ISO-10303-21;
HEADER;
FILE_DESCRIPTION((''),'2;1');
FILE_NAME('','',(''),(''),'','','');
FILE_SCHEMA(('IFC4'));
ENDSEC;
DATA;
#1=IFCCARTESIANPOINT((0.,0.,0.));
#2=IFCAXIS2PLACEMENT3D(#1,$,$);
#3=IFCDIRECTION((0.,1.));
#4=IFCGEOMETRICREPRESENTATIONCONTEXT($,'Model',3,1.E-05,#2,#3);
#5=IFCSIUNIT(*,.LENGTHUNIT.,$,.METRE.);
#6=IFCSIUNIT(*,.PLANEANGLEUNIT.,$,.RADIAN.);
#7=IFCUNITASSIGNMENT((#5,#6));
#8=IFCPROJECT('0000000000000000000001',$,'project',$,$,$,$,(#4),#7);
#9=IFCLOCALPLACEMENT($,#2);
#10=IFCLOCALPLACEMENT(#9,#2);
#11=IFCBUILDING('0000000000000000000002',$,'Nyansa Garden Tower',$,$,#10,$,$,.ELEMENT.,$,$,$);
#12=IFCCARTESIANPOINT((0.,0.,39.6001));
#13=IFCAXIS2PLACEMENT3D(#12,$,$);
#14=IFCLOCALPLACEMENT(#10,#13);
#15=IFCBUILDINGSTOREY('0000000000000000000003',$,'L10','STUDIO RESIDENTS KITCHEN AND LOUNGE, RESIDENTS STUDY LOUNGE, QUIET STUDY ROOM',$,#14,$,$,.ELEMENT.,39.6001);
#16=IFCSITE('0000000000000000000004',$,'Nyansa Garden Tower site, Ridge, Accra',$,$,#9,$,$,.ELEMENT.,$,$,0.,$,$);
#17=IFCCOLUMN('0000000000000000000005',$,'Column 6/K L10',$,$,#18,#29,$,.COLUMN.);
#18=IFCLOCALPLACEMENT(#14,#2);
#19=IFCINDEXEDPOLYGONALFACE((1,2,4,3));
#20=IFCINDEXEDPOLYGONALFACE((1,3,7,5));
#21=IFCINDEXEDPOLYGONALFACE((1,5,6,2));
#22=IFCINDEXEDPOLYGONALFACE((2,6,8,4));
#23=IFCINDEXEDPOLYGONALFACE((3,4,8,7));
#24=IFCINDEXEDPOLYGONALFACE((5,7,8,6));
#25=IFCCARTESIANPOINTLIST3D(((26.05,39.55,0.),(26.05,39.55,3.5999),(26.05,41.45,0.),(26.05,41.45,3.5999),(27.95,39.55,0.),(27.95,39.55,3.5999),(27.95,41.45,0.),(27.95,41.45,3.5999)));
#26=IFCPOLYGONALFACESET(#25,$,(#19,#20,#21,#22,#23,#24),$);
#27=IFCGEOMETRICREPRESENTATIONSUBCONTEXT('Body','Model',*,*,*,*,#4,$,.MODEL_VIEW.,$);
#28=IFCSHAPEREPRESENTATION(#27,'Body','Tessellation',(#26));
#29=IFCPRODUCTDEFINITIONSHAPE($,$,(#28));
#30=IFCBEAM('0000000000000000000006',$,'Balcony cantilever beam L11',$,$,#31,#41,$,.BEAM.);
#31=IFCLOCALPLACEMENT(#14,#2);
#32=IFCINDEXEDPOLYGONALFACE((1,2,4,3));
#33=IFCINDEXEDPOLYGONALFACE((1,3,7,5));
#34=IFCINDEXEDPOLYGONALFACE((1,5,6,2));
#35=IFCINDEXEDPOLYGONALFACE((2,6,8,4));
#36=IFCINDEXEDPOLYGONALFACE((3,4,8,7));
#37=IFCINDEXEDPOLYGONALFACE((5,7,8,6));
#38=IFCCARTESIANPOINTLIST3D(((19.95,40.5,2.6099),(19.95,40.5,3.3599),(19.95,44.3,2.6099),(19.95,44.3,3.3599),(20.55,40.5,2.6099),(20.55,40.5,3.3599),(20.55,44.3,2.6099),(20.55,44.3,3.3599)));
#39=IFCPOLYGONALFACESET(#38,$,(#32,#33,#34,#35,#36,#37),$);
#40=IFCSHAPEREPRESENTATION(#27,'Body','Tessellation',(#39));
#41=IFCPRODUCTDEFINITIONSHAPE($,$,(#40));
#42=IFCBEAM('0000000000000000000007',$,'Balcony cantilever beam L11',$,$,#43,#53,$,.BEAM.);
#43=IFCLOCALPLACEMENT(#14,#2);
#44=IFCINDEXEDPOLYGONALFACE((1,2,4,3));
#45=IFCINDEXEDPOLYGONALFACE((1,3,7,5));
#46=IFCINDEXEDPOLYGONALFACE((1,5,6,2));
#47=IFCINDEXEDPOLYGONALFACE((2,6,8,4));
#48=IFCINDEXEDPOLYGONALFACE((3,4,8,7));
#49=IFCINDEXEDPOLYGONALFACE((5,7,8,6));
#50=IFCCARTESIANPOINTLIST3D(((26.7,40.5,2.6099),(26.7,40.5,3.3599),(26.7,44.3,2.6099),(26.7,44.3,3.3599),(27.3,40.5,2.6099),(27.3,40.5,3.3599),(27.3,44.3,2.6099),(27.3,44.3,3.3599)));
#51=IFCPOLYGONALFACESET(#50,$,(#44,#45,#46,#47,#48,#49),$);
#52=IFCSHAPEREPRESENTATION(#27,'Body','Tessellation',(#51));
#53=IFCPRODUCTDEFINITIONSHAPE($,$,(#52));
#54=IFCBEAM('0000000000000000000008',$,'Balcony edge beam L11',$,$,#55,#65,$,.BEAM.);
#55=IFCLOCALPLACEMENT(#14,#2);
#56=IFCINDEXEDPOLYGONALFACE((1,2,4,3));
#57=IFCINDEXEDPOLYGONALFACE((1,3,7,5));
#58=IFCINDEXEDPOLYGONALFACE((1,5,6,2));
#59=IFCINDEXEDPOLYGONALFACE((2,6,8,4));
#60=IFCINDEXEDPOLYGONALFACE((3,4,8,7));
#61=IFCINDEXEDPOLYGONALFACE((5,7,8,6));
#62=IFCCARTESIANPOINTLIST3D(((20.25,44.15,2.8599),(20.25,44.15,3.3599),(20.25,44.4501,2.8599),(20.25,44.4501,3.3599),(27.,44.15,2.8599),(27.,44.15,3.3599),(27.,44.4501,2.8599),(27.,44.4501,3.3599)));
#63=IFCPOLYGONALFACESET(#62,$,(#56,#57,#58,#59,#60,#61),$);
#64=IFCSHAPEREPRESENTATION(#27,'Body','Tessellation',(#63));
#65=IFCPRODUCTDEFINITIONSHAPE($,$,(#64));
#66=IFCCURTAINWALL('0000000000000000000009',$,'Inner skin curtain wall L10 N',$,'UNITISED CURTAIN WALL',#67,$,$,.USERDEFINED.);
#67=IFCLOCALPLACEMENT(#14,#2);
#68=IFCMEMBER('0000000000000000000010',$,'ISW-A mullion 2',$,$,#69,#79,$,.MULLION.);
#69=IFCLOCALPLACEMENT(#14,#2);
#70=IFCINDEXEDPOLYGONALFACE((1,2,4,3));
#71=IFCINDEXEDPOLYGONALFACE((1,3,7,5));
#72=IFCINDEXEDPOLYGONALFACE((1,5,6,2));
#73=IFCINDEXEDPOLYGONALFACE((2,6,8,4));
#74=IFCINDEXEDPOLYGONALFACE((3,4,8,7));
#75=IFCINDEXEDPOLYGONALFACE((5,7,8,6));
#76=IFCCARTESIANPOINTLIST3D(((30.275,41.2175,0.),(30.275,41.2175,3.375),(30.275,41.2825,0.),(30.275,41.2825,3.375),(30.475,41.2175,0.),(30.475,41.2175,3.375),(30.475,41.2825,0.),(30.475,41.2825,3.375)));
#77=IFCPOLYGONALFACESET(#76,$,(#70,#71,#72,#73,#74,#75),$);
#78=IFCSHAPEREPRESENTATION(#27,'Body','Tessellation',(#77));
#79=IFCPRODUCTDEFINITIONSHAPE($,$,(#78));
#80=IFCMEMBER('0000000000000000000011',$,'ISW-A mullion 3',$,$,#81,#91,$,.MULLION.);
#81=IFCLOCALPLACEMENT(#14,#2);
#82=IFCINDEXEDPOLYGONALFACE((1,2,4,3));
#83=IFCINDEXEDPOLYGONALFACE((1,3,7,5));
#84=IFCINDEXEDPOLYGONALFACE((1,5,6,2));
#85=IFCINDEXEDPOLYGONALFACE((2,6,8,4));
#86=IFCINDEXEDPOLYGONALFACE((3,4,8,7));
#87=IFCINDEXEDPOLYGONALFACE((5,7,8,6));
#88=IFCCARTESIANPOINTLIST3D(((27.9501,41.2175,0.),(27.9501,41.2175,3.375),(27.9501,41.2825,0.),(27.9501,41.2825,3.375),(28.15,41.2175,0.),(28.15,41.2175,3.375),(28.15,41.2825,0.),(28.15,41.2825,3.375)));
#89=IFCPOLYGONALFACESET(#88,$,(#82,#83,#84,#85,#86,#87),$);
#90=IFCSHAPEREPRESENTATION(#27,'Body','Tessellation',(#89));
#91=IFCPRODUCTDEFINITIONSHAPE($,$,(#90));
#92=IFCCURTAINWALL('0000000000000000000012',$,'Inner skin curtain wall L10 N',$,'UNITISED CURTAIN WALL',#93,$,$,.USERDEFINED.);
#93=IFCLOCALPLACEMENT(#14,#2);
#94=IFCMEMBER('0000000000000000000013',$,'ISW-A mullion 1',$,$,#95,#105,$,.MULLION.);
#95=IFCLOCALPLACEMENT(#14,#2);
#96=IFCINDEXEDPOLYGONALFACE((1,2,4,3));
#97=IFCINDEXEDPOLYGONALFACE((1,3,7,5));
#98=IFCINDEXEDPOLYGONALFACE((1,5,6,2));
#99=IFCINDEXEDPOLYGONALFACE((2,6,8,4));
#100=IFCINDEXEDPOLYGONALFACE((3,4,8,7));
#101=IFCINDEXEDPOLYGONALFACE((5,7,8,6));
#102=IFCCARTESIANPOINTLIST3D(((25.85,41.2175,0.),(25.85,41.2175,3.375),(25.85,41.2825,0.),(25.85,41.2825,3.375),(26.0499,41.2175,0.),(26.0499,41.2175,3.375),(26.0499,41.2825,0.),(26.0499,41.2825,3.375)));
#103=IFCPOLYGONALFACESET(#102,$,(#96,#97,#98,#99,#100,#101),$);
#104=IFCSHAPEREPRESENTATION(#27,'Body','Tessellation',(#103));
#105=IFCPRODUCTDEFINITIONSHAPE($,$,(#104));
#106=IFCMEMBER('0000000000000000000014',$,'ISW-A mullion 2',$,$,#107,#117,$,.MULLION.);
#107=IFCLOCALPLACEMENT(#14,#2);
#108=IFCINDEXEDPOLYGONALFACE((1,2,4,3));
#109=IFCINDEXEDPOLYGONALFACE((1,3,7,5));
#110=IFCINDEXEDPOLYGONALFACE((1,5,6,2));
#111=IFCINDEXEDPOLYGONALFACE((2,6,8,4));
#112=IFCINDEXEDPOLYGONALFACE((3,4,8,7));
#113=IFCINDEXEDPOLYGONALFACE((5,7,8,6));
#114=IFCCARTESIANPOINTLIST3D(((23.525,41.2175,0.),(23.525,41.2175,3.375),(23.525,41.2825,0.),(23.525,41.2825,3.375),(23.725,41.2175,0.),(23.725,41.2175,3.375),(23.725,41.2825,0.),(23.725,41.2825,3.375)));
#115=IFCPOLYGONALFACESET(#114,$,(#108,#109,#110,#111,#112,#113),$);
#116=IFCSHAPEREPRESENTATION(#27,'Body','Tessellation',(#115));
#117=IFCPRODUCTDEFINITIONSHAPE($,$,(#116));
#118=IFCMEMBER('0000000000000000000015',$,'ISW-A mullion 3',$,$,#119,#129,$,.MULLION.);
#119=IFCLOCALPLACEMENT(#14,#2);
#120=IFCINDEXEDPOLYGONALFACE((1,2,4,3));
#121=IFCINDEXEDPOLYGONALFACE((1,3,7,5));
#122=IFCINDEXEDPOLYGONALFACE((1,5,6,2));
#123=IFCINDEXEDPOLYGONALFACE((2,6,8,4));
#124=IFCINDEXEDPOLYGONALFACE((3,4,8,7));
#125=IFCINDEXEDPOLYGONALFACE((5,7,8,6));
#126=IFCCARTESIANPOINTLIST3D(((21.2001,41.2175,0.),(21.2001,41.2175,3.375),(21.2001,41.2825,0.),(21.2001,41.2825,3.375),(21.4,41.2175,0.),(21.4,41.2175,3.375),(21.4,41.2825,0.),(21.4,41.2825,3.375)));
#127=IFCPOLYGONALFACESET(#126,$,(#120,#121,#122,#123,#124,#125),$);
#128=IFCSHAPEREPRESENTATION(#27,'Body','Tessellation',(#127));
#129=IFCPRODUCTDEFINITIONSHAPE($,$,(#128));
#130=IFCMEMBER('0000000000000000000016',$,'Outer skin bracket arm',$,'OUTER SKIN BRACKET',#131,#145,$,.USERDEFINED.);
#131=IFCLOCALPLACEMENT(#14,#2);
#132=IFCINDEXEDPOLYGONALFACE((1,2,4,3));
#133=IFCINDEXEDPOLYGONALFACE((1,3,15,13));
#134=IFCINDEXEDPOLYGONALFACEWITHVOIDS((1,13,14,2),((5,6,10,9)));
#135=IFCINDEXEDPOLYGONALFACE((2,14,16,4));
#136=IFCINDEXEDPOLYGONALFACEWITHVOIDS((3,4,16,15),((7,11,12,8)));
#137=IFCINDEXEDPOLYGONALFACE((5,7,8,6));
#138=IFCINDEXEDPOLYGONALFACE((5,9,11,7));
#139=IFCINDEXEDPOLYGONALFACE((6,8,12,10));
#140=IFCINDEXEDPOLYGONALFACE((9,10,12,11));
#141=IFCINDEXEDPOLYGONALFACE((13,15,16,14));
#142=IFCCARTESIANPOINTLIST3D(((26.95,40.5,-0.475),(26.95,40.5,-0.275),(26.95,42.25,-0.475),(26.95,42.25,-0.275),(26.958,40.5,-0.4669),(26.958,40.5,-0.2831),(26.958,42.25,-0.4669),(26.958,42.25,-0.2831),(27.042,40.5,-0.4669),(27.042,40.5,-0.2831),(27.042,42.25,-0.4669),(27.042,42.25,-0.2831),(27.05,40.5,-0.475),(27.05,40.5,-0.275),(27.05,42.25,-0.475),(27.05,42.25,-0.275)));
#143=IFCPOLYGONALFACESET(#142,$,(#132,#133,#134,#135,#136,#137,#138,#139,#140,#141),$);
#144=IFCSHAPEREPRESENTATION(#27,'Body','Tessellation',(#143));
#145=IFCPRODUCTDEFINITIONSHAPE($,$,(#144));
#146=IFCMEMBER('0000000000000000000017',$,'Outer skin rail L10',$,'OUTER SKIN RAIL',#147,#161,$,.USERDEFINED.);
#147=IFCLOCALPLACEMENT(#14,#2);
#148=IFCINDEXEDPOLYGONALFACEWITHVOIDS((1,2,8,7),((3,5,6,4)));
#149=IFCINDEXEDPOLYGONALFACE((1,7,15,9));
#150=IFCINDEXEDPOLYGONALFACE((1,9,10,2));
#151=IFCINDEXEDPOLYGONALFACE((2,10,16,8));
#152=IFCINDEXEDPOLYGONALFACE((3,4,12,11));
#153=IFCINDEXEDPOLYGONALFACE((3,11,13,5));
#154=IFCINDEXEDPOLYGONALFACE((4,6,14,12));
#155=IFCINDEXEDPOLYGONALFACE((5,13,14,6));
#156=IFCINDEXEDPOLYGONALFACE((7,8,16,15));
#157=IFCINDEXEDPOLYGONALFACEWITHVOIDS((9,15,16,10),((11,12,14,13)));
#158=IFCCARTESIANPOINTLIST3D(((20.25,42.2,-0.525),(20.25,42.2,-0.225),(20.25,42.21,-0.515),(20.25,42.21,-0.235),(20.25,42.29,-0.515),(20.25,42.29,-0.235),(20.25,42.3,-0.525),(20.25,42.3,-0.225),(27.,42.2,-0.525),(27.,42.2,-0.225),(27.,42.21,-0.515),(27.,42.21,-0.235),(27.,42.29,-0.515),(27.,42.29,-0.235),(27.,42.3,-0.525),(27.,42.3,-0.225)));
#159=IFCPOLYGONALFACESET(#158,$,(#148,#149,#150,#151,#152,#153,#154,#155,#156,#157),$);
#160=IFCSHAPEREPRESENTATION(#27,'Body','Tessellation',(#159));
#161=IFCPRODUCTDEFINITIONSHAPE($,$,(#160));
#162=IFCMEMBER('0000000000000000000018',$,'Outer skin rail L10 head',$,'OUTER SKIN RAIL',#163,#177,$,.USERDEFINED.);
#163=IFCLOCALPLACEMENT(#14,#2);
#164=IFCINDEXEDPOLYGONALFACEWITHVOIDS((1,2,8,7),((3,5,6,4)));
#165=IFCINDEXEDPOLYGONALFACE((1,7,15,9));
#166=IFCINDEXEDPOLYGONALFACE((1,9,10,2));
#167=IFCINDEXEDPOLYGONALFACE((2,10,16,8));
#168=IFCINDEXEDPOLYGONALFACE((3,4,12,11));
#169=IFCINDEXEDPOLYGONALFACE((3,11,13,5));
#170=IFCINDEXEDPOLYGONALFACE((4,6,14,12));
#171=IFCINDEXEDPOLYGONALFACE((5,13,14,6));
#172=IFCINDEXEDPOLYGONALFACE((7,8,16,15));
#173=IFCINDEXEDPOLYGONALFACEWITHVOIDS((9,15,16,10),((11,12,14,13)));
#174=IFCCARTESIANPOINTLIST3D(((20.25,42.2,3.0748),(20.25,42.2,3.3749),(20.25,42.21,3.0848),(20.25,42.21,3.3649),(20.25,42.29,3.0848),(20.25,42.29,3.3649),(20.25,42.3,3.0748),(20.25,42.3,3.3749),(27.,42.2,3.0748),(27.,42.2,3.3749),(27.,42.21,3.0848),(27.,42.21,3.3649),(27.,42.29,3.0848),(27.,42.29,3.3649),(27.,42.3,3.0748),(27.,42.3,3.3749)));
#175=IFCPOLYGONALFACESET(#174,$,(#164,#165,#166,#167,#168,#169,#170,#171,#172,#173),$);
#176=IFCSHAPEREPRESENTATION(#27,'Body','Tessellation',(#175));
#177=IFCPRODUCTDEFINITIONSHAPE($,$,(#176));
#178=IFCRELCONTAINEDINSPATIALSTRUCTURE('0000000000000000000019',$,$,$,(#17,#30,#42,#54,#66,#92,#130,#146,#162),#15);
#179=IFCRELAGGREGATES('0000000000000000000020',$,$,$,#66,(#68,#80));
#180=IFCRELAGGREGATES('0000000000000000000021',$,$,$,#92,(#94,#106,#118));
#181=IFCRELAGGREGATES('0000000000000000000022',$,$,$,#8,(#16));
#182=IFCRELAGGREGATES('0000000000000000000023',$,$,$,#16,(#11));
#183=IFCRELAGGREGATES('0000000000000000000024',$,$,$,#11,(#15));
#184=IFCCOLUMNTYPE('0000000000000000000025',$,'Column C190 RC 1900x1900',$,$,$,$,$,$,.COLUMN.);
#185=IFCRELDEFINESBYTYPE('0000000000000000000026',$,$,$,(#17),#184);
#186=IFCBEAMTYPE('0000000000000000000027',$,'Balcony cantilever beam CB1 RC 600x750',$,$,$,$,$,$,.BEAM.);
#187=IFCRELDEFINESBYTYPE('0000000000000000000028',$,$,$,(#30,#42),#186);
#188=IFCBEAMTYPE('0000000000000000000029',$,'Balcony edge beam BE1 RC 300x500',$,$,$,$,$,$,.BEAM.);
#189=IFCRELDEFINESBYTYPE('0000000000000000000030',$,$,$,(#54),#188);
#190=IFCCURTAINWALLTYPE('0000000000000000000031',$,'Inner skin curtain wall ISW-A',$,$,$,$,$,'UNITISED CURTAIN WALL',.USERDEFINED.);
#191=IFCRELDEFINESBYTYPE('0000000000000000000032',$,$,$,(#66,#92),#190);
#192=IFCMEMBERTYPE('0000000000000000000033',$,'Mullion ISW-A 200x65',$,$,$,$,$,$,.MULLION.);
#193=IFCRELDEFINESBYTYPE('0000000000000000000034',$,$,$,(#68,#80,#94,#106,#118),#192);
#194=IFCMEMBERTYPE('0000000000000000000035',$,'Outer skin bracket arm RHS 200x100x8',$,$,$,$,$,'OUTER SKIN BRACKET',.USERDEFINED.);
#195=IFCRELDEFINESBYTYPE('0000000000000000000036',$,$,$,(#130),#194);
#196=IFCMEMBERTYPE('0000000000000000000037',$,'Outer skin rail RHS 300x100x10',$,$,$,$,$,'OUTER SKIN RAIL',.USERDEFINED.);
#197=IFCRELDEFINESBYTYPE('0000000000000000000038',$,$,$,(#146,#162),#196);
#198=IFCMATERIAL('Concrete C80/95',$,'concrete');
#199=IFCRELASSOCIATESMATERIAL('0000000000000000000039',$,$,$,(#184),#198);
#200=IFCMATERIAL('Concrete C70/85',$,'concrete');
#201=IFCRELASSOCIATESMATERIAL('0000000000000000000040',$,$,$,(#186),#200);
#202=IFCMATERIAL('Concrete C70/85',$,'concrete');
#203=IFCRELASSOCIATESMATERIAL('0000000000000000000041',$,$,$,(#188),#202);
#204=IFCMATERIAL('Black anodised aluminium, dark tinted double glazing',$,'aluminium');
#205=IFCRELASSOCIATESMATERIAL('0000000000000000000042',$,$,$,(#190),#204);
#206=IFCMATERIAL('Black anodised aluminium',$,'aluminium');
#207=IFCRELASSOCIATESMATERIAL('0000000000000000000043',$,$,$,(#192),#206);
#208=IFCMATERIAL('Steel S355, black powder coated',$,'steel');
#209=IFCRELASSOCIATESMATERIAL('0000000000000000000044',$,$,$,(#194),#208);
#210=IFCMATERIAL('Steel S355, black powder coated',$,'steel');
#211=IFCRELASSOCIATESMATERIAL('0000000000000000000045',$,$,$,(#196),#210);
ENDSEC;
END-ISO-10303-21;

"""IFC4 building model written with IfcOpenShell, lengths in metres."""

from ifc_helpers import new_model, si_unit, direction, frame, origin, origin_2d, place, context, subcontext, project, spatial, rectangle, hollow_rectangle, extrude, material, material_profile, profile_set, type_object, element, aggregate, save


model = new_model("IFC4")

# Units and contexts
model_context = context("Model", 3, precision=1e-05, world=origin(), true_north=direction((0.0, 1.0)))
body_context = subcontext(model_context, "Body", "Model", "MODEL_VIEW")
ifc_project = project(units=[si_unit("LENGTHUNIT", "METRE"), si_unit("PLANEANGLEUNIT", "RADIAN")], contexts=[model_context])

# Site, building, storey
site_placement = place(None, origin())
site = spatial("IfcSite", under=ifc_project, at=site_placement, Name="Nyansa Garden Tower site, Ridge, Accra", CompositionType="ELEMENT", RefElevation=0.0)
building_placement = place(site_placement, origin())
building = spatial("IfcBuilding", under=site, at=building_placement, Name="Nyansa Garden Tower", CompositionType="ELEMENT")
storey_placement = place(building_placement, frame((0.0, 0.0, 39.6001)))
storey = spatial("IfcBuildingStorey", under=building, at=storey_placement, Name="L10", Description="STUDIO RESIDENTS KITCHEN AND LOUNGE, RESIDENTS STUDY LOUNGE, QUIET STUDY ROOM", CompositionType="ELEMENT", Elevation=39.6001)

# Column
ifc_material_1 = material(Name="Concrete C80/95", Category="concrete")
ifc_material_profile_1 = material_profile(ifc_material_1, rectangle(XDim=1.8999, YDim=1.8999, at=origin_2d()), Name="RC 1900x1900")
ifc_profile_set_1 = profile_set([ifc_material_profile_1], Name="Concrete C80/95")
column_type = type_object("IfcColumnType", Name="Column C190 RC 1900x1900", PredefinedType="COLUMN", material=ifc_profile_set_1)
column_placement = place(storey_placement, frame((27.0, 40.5, 0.0), z_axis=(0.0, 0.0, 1.0), x_axis=(1.0, 0.0, 0.0)))
element("IfcColumn", 1, at=column_placement, inside=storey, type_object=column_type, Name="Column 6/K L10", PredefinedType="COLUMN", context=body_context, shape_type="SweptSolid", body=[
    extrude(rectangle(XDim=1.8999, YDim=1.8999, at=origin_2d()), origin(), (0.0, 0.0, 1.0), 3.5999),
])

# Beams
ifc_material_2 = material(Name="Concrete C70/85", Category="concrete")
ifc_material_profile_2 = material_profile(ifc_material_2, rectangle(XDim=0.6001, YDim=0.75, at=origin_2d()), Name="RC 600x750")
ifc_profile_set_2 = profile_set([ifc_material_profile_2], Name="Concrete C70/85")
beam_type_1 = type_object("IfcBeamType", Name="Balcony cantilever beam CB1 RC 600x750", PredefinedType="BEAM", material=ifc_profile_set_2)
for number, where, z_axis, x_axis, name in (
    (2, (20.25, 40.5, 2.9849), (0.0, 1.0, 0.0), (-1.0, 0.0, 0.0), "Balcony cantilever beam L11"),
    (3, (27.0, 40.5, 2.9849), (0.0, 1.0, 0.0), (-1.0, 0.0, 0.0), "Balcony cantilever beam L11"),
):
    element("IfcBeam", number, at=place(storey_placement, frame(where, z_axis=z_axis, x_axis=x_axis)), inside=storey, type_object=beam_type_1, Name=name, PredefinedType="BEAM", context=body_context, shape_type="SweptSolid", body=[
        extrude(rectangle(XDim=0.6001, YDim=0.75, at=origin_2d()), origin(), (0.0, 0.0, 1.0), 3.8),
    ])
ifc_material_3 = material(Name="Concrete C70/85", Category="concrete")
ifc_material_profile_3 = material_profile(ifc_material_3, rectangle(XDim=0.3, YDim=0.5, at=origin_2d()), Name="RC 300x500")
ifc_profile_set_3 = profile_set([ifc_material_profile_3], Name="Concrete C70/85")
beam_type_2 = type_object("IfcBeamType", Name="Balcony edge beam BE1 RC 300x500", PredefinedType="BEAM", material=ifc_profile_set_3)
beam_1_placement = place(storey_placement, frame((20.25, 44.3, 3.1099), z_axis=(1.0, 0.0, 0.0), x_axis=(0.0, 1.0, 0.0)))
element("IfcBeam", 4, at=beam_1_placement, inside=storey, type_object=beam_type_2, Name="Balcony edge beam L11", PredefinedType="BEAM", context=body_context, shape_type="SweptSolid", body=[
    extrude(rectangle(XDim=0.3, YDim=0.5, at=origin_2d()), origin(), (0.0, 0.0, 1.0), 6.75),
])

# Curtain walls, members
ifc_material_4 = material(Name="Black anodised aluminium, dark tinted double glazing", Category="aluminium")
curtain_wall_type = type_object("IfcCurtainWallType", Name="Inner skin curtain wall ISW-A", ElementType="UNITISED CURTAIN WALL", PredefinedType="USERDEFINED", material=ifc_material_4)
curtain_wall_1_placement = place(storey_placement, origin())
curtain_wall_1 = element("IfcCurtainWall", 5, at=curtain_wall_1_placement, inside=storey, type_object=curtain_wall_type, Name="Inner skin curtain wall L10 N", ObjectType="UNITISED CURTAIN WALL", PredefinedType="USERDEFINED")
ifc_material_5 = material(Name="Black anodised aluminium", Category="aluminium")
ifc_material_profile_4 = material_profile(ifc_material_5, rectangle(XDim=0.0649, YDim=0.2, at=origin_2d()), Name="Mullion 200x65")
ifc_profile_set_4 = profile_set([ifc_material_profile_4], Name="Black anodised aluminium")
member_type_1 = type_object("IfcMemberType", Name="Mullion ISW-A 200x65", PredefinedType="MULLION", material=ifc_profile_set_4)
member_1_placement = place(storey_placement, frame((30.375, 41.25, 0.0), z_axis=(0.0, 0.0, 1.0), x_axis=(0.0, -1.0, 0.0)))
member_1 = element("IfcMember", 6, at=member_1_placement, type_object=member_type_1, Name="ISW-A mullion 2", PredefinedType="MULLION", context=body_context, shape_type="SweptSolid", body=[
    extrude(rectangle(XDim=0.0649, YDim=0.2, at=origin_2d()), origin(), (0.0, 0.0, 1.0), 3.375),
])
member_2_placement = place(storey_placement, frame((28.05, 41.25, 0.0), z_axis=(0.0, 0.0, 1.0), x_axis=(0.0, -1.0, 0.0)))
member_2 = element("IfcMember", 7, at=member_2_placement, type_object=member_type_1, Name="ISW-A mullion 3", PredefinedType="MULLION", context=body_context, shape_type="SweptSolid", body=[
    extrude(rectangle(XDim=0.0649, YDim=0.2, at=origin_2d()), origin(), (0.0, 0.0, 1.0), 3.375),
])
curtain_wall_2_placement = place(storey_placement, origin())
curtain_wall_2 = element("IfcCurtainWall", 8, at=curtain_wall_2_placement, inside=storey, type_object=curtain_wall_type, Name="Inner skin curtain wall L10 N", ObjectType="UNITISED CURTAIN WALL", PredefinedType="USERDEFINED")
member_3_placement = place(storey_placement, frame((25.95, 41.25, 0.0), z_axis=(0.0, 0.0, 1.0), x_axis=(0.0, -1.0, 0.0)))
member_3 = element("IfcMember", 9, at=member_3_placement, type_object=member_type_1, Name="ISW-A mullion 1", PredefinedType="MULLION", context=body_context, shape_type="SweptSolid", body=[
    extrude(rectangle(XDim=0.0649, YDim=0.2, at=origin_2d()), origin(), (0.0, 0.0, 1.0), 3.375),
])
member_4_placement = place(storey_placement, frame((23.625, 41.25, 0.0), z_axis=(0.0, 0.0, 1.0), x_axis=(0.0, -1.0, 0.0)))
member_4 = element("IfcMember", 10, at=member_4_placement, type_object=member_type_1, Name="ISW-A mullion 2", PredefinedType="MULLION", context=body_context, shape_type="SweptSolid", body=[
    extrude(rectangle(XDim=0.0649, YDim=0.2, at=origin_2d()), origin(), (0.0, 0.0, 1.0), 3.375),
])
member_5_placement = place(storey_placement, frame((21.3, 41.25, 0.0), z_axis=(0.0, 0.0, 1.0), x_axis=(0.0, -1.0, 0.0)))
member_5 = element("IfcMember", 11, at=member_5_placement, type_object=member_type_1, Name="ISW-A mullion 3", PredefinedType="MULLION", context=body_context, shape_type="SweptSolid", body=[
    extrude(rectangle(XDim=0.0649, YDim=0.2, at=origin_2d()), origin(), (0.0, 0.0, 1.0), 3.375),
])

# Members
ifc_material_6 = material(Name="Steel S355, black powder coated", Category="steel")
ifc_material_profile_5 = material_profile(ifc_material_6, hollow_rectangle(XDim=0.1001, YDim=0.2, WallThickness=0.0081, at=origin_2d()), Name="RHS 200x100x8")
ifc_profile_set_5 = profile_set([ifc_material_profile_5], Name="Steel S355, black powder coated")
member_type_2 = type_object("IfcMemberType", Name="Outer skin bracket arm RHS 200x100x8", ElementType="OUTER SKIN BRACKET", PredefinedType="USERDEFINED", material=ifc_profile_set_5)
member_6_placement = place(storey_placement, frame((27.0, 40.5, -0.375), z_axis=(0.0, 1.0, 0.0), x_axis=(-1.0, 0.0, 0.0)))
element("IfcMember", 12, at=member_6_placement, inside=storey, type_object=member_type_2, Name="Outer skin bracket arm", ObjectType="OUTER SKIN BRACKET", PredefinedType="USERDEFINED", context=body_context, shape_type="SweptSolid", body=[
    extrude(hollow_rectangle(XDim=0.1001, YDim=0.2, WallThickness=0.0081, at=origin_2d()), origin(), (0.0, 0.0, 1.0), 1.75),
])
ifc_material_7 = material(Name="Steel S355, black powder coated", Category="steel")
ifc_material_profile_6 = material_profile(ifc_material_7, hollow_rectangle(XDim=0.1001, YDim=0.3, WallThickness=0.01, at=origin_2d()), Name="RHS 300x100x10")
ifc_profile_set_6 = profile_set([ifc_material_profile_6], Name="Steel S355, black powder coated")
member_type_3 = type_object("IfcMemberType", Name="Outer skin rail RHS 300x100x10", ElementType="OUTER SKIN RAIL", PredefinedType="USERDEFINED", material=ifc_profile_set_6)
for number, where, z_axis, x_axis, name in (
    (13, (20.25, 42.25, -0.375), (1.0, 0.0, 0.0), (0.0, 1.0, 0.0), "Outer skin rail L10"),
    (14, (20.25, 42.25, 3.2249), (1.0, 0.0, 0.0), (0.0, 1.0, 0.0), "Outer skin rail L10 head"),
):
    element("IfcMember", number, at=place(storey_placement, frame(where, z_axis=z_axis, x_axis=x_axis)), inside=storey, type_object=member_type_3, Name=name, ObjectType="OUTER SKIN RAIL", PredefinedType="USERDEFINED", context=body_context, shape_type="SweptSolid", body=[
        extrude(hollow_rectangle(XDim=0.1001, YDim=0.3, WallThickness=0.01, at=origin_2d()), origin(), (0.0, 0.0, 1.0), 6.75),
    ])

aggregate(curtain_wall_1, [member_1, member_2])
aggregate(curtain_wall_2, [member_3, member_4, member_5])

save(model, "model.ifc")
